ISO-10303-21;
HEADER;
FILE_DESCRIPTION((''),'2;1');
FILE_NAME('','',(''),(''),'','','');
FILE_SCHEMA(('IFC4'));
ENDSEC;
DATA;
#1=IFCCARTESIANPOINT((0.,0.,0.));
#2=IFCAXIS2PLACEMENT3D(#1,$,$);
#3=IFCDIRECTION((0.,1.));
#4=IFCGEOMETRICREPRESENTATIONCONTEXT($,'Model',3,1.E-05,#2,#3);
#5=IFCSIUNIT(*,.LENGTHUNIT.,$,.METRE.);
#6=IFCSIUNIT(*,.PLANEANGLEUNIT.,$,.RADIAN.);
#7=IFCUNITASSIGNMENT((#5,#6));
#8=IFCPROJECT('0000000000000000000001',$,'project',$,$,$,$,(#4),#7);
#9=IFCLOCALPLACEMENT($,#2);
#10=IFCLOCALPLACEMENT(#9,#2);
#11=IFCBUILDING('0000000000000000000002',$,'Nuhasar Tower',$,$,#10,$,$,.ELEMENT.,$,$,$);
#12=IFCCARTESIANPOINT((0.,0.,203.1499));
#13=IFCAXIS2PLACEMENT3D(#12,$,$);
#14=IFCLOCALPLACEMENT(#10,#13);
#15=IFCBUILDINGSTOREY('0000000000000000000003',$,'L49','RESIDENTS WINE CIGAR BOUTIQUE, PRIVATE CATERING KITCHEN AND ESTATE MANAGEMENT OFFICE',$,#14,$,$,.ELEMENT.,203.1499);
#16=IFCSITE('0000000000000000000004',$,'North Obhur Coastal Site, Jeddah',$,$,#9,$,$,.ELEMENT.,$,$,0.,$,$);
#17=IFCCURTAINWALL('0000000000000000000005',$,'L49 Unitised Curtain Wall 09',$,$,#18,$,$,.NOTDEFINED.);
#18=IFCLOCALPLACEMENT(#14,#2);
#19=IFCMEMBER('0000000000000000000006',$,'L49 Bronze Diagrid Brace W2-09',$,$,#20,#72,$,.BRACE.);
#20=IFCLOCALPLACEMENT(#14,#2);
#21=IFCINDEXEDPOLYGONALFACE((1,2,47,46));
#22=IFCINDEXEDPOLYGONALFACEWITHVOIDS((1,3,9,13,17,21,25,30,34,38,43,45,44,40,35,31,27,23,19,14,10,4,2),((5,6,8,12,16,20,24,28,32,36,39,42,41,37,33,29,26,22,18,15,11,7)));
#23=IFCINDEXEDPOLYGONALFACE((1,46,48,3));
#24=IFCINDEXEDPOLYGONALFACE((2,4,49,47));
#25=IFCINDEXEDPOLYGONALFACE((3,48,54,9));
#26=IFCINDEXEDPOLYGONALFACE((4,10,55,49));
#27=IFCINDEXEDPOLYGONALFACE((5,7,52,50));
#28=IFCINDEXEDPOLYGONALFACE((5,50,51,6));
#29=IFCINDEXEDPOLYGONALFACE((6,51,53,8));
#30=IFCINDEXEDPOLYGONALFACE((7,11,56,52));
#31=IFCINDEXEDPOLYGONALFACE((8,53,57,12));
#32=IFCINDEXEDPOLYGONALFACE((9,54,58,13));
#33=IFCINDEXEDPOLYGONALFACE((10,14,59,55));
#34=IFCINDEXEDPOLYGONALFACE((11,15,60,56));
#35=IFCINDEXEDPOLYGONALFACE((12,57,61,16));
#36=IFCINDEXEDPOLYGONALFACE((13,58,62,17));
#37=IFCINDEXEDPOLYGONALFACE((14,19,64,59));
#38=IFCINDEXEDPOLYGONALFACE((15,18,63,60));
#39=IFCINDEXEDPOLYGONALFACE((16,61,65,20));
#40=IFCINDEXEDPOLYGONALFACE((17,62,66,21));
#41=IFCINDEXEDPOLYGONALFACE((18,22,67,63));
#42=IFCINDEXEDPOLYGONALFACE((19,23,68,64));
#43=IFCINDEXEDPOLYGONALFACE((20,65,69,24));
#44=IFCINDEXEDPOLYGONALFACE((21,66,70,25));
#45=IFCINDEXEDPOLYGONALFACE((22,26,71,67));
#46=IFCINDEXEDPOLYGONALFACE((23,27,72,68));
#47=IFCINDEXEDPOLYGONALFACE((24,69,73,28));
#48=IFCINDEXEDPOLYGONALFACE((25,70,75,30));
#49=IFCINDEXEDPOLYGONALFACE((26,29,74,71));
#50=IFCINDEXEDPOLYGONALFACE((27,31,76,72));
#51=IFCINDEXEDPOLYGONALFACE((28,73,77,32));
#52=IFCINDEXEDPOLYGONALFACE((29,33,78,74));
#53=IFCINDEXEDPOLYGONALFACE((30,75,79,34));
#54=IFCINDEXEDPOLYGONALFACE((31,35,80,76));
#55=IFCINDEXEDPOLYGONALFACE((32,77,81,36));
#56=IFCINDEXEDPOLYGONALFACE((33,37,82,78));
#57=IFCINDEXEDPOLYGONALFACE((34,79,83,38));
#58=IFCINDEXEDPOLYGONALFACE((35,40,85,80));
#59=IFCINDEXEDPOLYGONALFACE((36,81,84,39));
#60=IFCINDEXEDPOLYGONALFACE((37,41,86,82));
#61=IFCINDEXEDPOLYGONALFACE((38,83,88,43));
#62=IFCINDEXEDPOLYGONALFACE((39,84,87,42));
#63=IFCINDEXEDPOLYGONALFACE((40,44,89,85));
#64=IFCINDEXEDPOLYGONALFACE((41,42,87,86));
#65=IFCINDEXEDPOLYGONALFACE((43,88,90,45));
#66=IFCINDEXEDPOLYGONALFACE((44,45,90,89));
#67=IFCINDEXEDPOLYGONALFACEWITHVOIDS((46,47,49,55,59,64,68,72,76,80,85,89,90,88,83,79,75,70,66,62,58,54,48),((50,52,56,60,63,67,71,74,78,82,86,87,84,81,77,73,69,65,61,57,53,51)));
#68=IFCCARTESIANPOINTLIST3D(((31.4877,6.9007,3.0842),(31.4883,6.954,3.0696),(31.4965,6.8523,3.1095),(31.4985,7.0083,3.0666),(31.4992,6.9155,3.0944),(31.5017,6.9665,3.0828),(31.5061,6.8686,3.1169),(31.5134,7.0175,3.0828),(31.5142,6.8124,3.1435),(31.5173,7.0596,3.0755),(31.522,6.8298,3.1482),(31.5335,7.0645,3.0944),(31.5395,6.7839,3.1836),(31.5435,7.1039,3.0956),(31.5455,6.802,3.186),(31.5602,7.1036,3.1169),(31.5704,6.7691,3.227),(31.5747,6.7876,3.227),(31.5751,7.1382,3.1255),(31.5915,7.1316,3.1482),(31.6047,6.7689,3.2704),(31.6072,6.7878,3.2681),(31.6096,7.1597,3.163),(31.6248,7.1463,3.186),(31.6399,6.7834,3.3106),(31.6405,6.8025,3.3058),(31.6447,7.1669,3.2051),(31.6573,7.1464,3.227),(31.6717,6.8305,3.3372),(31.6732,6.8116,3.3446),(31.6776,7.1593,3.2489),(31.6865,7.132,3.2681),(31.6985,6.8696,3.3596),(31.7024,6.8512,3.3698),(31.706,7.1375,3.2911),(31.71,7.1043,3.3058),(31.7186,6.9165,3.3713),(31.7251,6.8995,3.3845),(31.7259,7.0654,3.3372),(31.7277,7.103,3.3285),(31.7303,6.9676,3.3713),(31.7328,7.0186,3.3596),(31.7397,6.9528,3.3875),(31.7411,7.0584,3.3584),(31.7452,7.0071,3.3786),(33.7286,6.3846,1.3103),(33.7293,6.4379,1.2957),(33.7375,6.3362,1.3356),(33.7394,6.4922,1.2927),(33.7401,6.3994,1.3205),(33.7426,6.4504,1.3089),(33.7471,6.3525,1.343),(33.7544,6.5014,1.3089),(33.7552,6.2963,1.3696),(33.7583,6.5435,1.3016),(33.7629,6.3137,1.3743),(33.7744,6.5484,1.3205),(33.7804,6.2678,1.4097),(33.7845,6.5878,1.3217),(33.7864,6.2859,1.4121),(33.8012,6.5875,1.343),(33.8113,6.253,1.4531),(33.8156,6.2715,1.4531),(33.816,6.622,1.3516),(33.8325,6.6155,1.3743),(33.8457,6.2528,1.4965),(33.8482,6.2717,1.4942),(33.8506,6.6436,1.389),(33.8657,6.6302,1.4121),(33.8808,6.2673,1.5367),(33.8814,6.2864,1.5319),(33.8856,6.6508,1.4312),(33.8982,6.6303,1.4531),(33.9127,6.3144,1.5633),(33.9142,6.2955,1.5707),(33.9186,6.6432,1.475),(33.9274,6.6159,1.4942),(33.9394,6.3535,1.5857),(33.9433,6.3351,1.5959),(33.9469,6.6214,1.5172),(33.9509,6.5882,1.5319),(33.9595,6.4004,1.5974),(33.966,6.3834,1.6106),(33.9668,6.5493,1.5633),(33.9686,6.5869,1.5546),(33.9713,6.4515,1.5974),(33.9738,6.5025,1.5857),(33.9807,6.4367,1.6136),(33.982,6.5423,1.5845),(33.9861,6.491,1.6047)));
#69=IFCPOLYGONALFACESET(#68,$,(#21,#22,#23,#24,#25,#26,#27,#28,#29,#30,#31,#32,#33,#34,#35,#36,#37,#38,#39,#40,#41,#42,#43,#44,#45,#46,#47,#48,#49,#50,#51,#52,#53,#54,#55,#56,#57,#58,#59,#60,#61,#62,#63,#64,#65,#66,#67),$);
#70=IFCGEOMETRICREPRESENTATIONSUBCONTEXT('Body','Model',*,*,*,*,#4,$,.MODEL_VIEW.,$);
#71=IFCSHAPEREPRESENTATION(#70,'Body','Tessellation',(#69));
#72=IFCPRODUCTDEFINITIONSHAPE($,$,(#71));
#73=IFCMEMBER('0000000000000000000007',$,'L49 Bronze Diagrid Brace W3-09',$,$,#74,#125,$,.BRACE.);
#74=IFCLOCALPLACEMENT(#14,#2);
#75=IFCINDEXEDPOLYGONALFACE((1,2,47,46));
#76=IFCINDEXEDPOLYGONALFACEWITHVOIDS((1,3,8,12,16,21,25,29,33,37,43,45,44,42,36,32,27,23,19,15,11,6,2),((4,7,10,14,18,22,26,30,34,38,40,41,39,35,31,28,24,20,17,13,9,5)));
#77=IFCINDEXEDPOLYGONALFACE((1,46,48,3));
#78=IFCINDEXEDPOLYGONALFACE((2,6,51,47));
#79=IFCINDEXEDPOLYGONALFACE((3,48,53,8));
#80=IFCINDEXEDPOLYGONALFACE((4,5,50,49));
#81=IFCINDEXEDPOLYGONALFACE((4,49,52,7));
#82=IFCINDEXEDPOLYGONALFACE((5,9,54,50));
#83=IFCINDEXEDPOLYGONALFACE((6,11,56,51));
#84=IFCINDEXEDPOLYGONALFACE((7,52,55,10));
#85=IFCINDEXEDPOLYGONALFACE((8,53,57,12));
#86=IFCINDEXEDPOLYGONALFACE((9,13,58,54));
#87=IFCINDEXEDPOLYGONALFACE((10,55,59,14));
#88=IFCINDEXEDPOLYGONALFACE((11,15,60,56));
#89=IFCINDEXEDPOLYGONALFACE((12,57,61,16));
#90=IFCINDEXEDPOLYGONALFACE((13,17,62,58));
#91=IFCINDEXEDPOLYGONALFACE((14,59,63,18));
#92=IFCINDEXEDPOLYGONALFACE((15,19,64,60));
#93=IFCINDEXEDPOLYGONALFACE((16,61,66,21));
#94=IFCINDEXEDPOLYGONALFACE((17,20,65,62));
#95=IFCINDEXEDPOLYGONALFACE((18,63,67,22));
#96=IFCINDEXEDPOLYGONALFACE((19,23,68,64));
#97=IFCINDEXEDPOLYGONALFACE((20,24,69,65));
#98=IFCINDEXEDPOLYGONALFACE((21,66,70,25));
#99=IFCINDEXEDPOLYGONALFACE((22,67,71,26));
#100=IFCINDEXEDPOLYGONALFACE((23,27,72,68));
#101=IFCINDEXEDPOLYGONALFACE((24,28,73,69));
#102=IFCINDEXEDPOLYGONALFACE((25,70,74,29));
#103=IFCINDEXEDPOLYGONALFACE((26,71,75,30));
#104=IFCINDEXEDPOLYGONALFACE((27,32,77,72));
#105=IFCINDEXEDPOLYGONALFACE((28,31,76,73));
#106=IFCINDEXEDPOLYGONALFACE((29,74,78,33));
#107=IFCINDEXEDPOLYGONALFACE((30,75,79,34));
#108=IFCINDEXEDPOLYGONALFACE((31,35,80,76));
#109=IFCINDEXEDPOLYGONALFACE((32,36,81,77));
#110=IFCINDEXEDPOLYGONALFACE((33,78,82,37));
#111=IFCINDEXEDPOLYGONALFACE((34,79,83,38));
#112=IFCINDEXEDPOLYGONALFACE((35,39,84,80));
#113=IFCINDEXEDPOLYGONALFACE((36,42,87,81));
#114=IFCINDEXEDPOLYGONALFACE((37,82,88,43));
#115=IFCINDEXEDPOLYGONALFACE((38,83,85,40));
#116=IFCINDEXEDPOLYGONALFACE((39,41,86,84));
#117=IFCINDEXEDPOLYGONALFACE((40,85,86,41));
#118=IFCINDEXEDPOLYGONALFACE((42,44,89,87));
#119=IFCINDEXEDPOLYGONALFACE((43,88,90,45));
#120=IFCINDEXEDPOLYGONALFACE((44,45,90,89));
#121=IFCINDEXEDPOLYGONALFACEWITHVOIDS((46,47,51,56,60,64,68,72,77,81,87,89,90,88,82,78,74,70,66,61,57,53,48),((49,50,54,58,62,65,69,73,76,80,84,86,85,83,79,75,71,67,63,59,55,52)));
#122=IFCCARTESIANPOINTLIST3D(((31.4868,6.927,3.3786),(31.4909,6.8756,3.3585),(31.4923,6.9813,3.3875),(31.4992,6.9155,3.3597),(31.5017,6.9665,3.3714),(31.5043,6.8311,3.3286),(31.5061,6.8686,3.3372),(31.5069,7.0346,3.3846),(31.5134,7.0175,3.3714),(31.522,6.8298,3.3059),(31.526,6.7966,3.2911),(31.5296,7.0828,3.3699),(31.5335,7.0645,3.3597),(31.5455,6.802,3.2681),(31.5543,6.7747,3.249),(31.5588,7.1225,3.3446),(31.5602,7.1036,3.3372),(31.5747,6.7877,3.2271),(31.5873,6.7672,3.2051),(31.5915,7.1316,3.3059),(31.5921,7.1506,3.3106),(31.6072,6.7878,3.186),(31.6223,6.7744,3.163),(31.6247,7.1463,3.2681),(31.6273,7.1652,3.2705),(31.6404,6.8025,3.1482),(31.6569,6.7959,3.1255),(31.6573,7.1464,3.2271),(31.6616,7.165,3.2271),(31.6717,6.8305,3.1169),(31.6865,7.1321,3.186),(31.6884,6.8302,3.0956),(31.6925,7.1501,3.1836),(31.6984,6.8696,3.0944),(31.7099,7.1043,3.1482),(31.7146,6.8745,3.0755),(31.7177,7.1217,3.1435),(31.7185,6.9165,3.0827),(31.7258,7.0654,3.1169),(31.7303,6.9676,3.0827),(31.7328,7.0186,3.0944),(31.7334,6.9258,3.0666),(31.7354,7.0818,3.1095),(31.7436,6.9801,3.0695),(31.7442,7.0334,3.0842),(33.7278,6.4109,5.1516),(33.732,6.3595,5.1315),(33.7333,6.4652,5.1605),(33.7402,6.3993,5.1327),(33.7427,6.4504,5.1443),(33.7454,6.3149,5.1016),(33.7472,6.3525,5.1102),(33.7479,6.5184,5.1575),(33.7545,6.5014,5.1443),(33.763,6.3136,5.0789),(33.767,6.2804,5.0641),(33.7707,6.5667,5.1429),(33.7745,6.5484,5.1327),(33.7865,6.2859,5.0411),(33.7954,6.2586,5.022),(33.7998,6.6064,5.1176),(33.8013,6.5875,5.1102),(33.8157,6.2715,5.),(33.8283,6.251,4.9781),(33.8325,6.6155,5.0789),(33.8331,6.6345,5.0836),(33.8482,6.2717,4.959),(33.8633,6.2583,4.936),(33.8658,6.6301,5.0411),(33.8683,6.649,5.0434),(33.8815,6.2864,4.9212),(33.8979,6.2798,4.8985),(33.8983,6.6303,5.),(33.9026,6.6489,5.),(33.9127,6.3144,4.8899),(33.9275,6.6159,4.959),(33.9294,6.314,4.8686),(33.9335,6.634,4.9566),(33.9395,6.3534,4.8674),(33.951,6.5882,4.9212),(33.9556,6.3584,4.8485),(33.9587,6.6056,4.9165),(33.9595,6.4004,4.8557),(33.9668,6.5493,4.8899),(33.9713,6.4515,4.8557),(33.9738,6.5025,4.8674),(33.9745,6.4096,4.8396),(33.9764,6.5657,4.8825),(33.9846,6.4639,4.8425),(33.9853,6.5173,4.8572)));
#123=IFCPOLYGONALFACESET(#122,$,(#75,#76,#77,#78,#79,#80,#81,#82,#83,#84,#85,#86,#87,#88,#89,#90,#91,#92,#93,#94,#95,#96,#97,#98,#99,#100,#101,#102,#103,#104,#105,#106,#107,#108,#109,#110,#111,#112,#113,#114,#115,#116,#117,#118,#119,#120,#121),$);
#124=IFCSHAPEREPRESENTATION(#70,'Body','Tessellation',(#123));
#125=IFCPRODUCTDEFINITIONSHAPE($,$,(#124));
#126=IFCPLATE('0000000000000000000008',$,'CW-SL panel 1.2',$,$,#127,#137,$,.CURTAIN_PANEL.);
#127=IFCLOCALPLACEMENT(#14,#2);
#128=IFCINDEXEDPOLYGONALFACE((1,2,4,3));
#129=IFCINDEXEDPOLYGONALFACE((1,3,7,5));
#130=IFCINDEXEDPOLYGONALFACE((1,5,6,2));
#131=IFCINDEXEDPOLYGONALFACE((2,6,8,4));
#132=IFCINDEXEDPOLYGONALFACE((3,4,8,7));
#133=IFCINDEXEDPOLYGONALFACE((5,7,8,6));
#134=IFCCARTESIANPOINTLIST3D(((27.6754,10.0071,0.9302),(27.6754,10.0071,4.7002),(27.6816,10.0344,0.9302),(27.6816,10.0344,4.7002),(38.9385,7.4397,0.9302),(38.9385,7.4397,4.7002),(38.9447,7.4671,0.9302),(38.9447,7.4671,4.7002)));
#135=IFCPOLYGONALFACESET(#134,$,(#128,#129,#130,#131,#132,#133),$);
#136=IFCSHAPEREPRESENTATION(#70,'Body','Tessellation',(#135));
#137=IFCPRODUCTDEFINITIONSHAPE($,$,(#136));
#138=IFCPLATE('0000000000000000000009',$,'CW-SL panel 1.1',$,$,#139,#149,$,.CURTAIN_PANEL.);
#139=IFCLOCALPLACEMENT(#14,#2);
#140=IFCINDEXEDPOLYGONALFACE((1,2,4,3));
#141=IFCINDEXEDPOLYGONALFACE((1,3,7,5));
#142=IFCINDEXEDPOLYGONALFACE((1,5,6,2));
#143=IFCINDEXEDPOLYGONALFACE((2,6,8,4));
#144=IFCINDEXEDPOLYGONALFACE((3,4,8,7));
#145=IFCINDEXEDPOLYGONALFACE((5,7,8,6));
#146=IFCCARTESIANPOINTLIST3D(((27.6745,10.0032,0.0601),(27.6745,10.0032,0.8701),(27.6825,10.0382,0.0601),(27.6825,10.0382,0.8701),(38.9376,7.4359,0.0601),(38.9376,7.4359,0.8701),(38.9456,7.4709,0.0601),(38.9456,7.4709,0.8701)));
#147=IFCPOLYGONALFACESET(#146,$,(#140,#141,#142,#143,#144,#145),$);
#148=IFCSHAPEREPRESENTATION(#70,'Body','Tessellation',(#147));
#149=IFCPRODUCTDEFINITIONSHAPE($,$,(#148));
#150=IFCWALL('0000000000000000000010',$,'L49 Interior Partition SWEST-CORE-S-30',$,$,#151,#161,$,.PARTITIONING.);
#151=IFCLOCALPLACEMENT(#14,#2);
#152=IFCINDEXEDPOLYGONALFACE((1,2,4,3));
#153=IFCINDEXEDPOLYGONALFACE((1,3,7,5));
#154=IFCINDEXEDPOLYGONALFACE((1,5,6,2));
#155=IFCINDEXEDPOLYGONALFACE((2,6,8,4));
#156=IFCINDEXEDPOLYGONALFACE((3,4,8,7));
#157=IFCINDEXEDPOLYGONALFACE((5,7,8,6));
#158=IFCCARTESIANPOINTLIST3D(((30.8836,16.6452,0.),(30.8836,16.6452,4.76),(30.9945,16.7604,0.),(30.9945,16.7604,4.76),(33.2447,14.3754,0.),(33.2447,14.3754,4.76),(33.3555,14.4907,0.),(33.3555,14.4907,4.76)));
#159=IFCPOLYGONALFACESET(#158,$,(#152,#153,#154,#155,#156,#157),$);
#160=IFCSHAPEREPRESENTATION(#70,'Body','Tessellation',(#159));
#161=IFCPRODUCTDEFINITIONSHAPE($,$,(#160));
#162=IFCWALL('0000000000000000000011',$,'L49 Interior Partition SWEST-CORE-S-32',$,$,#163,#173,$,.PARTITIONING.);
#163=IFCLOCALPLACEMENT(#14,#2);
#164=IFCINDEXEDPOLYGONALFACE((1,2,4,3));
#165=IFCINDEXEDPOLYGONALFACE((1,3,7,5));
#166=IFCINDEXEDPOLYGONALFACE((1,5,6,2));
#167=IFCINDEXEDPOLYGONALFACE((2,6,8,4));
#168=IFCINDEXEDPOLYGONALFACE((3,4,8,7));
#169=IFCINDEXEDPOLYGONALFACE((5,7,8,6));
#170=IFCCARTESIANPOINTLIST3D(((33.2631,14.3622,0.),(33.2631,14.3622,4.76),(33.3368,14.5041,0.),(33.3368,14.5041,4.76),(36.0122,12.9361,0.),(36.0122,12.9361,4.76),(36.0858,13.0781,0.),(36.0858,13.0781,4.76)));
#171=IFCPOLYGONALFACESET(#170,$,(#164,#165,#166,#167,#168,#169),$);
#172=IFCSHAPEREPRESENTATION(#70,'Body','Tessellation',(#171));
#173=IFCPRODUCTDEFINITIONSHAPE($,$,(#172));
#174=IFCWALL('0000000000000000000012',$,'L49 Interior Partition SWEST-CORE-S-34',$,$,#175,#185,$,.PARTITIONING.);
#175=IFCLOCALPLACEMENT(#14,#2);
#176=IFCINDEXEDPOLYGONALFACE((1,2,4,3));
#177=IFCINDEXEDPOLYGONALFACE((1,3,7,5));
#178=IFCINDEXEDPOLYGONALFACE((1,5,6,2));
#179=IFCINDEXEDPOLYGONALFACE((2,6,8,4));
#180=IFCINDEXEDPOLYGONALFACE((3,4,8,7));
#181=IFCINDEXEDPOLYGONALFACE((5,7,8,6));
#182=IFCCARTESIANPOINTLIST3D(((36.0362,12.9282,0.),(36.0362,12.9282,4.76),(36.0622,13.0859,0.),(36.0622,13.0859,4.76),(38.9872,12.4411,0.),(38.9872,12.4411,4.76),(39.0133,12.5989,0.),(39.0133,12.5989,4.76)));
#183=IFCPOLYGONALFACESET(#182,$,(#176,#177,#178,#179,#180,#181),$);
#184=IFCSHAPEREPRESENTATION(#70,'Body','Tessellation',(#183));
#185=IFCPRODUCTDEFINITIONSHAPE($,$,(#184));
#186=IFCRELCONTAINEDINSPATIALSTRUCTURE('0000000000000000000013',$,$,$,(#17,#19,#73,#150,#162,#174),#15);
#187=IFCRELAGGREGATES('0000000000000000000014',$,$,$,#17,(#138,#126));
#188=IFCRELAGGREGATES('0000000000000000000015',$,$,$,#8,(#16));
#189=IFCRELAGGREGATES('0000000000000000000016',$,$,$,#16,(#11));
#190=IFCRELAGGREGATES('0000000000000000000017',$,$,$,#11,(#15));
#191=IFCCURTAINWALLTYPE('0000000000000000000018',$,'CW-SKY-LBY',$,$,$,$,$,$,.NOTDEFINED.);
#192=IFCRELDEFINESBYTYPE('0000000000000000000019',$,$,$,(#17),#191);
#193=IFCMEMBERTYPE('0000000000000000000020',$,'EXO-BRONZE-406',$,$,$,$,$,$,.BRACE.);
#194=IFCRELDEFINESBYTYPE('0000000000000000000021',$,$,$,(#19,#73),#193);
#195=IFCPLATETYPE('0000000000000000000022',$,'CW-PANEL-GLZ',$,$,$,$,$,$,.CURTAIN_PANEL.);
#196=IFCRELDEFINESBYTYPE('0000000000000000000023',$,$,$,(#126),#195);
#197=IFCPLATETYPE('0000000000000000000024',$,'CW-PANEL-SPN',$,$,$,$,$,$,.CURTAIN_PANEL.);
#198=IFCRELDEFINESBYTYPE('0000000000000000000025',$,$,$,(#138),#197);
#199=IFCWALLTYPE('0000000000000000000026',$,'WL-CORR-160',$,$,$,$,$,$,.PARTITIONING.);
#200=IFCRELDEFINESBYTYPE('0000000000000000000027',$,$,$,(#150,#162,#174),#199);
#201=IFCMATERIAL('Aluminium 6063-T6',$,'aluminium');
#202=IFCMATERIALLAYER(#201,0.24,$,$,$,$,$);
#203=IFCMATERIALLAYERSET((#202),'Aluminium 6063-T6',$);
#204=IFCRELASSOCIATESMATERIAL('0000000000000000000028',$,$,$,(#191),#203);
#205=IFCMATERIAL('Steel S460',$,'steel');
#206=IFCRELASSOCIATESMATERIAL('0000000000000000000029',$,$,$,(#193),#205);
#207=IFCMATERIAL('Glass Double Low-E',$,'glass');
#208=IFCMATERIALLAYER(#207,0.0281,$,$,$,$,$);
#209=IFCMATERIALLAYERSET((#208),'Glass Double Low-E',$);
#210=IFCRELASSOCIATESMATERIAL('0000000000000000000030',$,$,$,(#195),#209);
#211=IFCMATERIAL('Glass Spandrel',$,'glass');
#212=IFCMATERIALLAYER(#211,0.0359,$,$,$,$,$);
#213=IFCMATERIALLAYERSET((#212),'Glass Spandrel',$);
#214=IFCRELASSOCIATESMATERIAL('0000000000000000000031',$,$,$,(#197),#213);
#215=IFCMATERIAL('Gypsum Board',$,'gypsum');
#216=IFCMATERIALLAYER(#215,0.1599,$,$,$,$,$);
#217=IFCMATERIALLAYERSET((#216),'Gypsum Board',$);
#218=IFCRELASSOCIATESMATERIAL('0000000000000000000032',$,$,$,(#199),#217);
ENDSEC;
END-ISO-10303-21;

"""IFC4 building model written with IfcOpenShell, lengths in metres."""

from ifc_helpers import new_model, si_unit, direction, frame, frame_2d, origin, origin_2d, place, context, subcontext, project, spatial, rectangle, hollow_circle, extrude, material, layer, layer_set, material_profile, profile_set, type_object, element, aggregate, save


model = new_model("IFC4")

# Units and contexts
model_context = context("Model", 3, precision=1e-05, world=origin(), true_north=direction((0.0, 1.0)))
body_context = subcontext(model_context, "Body", "Model", "MODEL_VIEW")
ifc_project = project(units=[si_unit("LENGTHUNIT", "METRE"), si_unit("PLANEANGLEUNIT", "RADIAN")], contexts=[model_context])

# Site, building, storey
site_placement = place(None, origin())
site = spatial("IfcSite", under=ifc_project, at=site_placement, Name="North Obhur Coastal Site, Jeddah", CompositionType="ELEMENT", RefElevation=0.0)
building_placement = place(site_placement, origin())
building = spatial("IfcBuilding", under=site, at=building_placement, Name="Nuhasar Tower", CompositionType="ELEMENT")
storey_placement = place(building_placement, frame((0.0, 0.0, 203.1499)))
storey = spatial("IfcBuildingStorey", under=building, at=storey_placement, Name="L49", Description="RESIDENTS WINE CIGAR BOUTIQUE, PRIVATE CATERING KITCHEN AND ESTATE MANAGEMENT OFFICE", CompositionType="ELEMENT", Elevation=203.1499)

# Shared definitions
ifc_material_1 = material(Name="Steel S460", Category="steel")

# Curtain wall
ifc_material_2 = material(Name="Aluminium 6063-T6", Category="aluminium")
ifc_layer_1 = layer(ifc_material_2, 0.24)
ifc_layer_set_1 = layer_set([ifc_layer_1], Name="Aluminium 6063-T6")
curtain_wall_type = type_object("IfcCurtainWallType", Name="CW-SKY-LBY", PredefinedType="NOTDEFINED", material=ifc_layer_set_1)
curtain_wall_placement = place(storey_placement, origin())
curtain_wall = element("IfcCurtainWall", 1, at=curtain_wall_placement, inside=storey, type_object=curtain_wall_type, Name="L49 Unitised Curtain Wall 09", PredefinedType="NOTDEFINED")

# Members
ifc_material_profile_1 = material_profile(ifc_material_1, hollow_circle(Radius=0.2031, WallThickness=0.019, at=origin_2d()), Name="HSS406.4X19.1")
ifc_profile_set_1 = profile_set([ifc_material_profile_1], Name="Steel S460")
member_type_1 = type_object("IfcMemberType", Name="EXO-BRONZE-406", PredefinedType="BRACE", material=ifc_profile_set_1)
member_1_placement = place(storey_placement, frame((33.8569, 6.4509, 1.4531), z_axis=(-0.771596, 0.177705, 0.610787), x_axis=(-0.224433, -0.97449, 0.0)))
element("IfcMember", 2, at=member_1_placement, inside=storey, type_object=member_type_1, Name="L49 Bronze Diagrid Brace W2-09", PredefinedType="BRACE", context=body_context, shape_type="SweptSolid", body=[
    extrude(hollow_circle(Radius=0.2031, WallThickness=0.019, at=origin_2d()), origin(), (0.0, 0.0, 1.0), 2.9043),
])
member_2_placement = place(storey_placement, frame((31.616, 6.967, 3.2271), z_axis=(0.771754, -0.177741, 0.610576), x_axis=(0.224433, 0.97449, 0.0)))
element("IfcMember", 3, at=member_2_placement, inside=storey, type_object=member_type_1, Name="L49 Bronze Diagrid Brace W3-09", PredefinedType="BRACE", context=body_context, shape_type="SweptSolid", body=[
    extrude(hollow_circle(Radius=0.2031, WallThickness=0.019, at=origin_2d()), origin(), (0.0, 0.0, 1.0), 2.9038),
])

# Plates
ifc_material_3 = material(Name="Glass Double Low-E", Category="glass")
ifc_layer_2 = layer(ifc_material_3, 0.0281)
ifc_layer_set_2 = layer_set([ifc_layer_2], Name="Glass Double Low-E")
plate_type_1 = type_object("IfcPlateType", Name="CW-PANEL-GLZ", PredefinedType="CURTAIN_PANEL", material=ifc_layer_set_2)
plate_1_placement = place(storey_placement, frame((33.3101, 8.7371, 0.9302), z_axis=(0.0, 0.0, 1.0), x_axis=(0.974991, -0.222243, 0.0)))
plate_1 = element("IfcPlate", 4, at=plate_1_placement, type_object=plate_type_1, Name="CW-SL panel 1.2", PredefinedType="CURTAIN_PANEL", context=body_context, shape_type="SweptSolid", body=[
    extrude(rectangle(XDim=11.552, YDim=0.0281, at=origin_2d()), origin(), (0.0, 0.0, 1.0), 3.77),
])
ifc_material_4 = material(Name="Glass Spandrel", Category="glass")
ifc_layer_3 = layer(ifc_material_4, 0.0359)
ifc_layer_set_3 = layer_set([ifc_layer_3], Name="Glass Spandrel")
plate_type_2 = type_object("IfcPlateType", Name="CW-PANEL-SPN", PredefinedType="CURTAIN_PANEL", material=ifc_layer_set_3)
plate_2_placement = place(storey_placement, frame((33.3101, 8.7371, 0.0601), z_axis=(0.0, 0.0, 1.0), x_axis=(0.974991, -0.222243, 0.0)))
plate_2 = element("IfcPlate", 5, at=plate_2_placement, type_object=plate_type_2, Name="CW-SL panel 1.1", PredefinedType="CURTAIN_PANEL", context=body_context, shape_type="SweptSolid", body=[
    extrude(rectangle(XDim=11.552, YDim=0.0359, at=origin_2d()), origin(), (0.0, 0.0, 1.0), 0.8101),
])
aggregate(curtain_wall, [plate_2, plate_1])

# Walls
ifc_material_5 = material(Name="Gypsum Board", Category="gypsum")
ifc_layer_4 = layer(ifc_material_5, 0.1599)
ifc_layer_set_4 = layer_set([ifc_layer_4], Name="Gypsum Board")
wall_type_1 = type_object("IfcWallType", Name="WL-CORR-160", PredefinedType="PARTITIONING", material=ifc_layer_set_4)
wall_1_placement = place(storey_placement, frame((30.939, 16.7029, 0.0), z_axis=(0.0, 0.0, 1.0), x_axis=(0.720909, -0.69303, 0.0)))
element("IfcWall", 6, at=wall_1_placement, inside=storey, type_object=wall_type_1, Name="L49 Interior Partition SWEST-CORE-S-30", PredefinedType="PARTITIONING", context=body_context, shape_type="SweptSolid", body=[
    extrude(rectangle(XDim=3.2751, YDim=0.1599, at=frame_2d((1.6377, 0.0))), origin(), (0.0, 0.0, 1.0), 4.76),
])
wall_2_placement = place(storey_placement, frame((33.3, 14.4331, 0.0), z_axis=(0.0, 0.0, 1.0), x_axis=(0.887675, -0.460471, 0.0)))
element("IfcWall", 7, at=wall_2_placement, inside=storey, type_object=wall_type_1, Name="L49 Interior Partition SWEST-CORE-S-32", PredefinedType="PARTITIONING", context=body_context, shape_type="SweptSolid", body=[
    extrude(rectangle(XDim=3.0969, YDim=0.1599, at=frame_2d((1.5483, 0.0))), origin(), (0.0, 0.0, 1.0), 4.76),
])
wall_3_placement = place(storey_placement, frame((36.0491, 13.0071, 0.0), z_axis=(0.0, 0.0, 1.0), x_axis=(0.986651, -0.16285, 0.0)))
element("IfcWall", 8, at=wall_3_placement, inside=storey, type_object=wall_type_1, Name="L49 Interior Partition SWEST-CORE-S-34", PredefinedType="PARTITIONING", context=body_context, shape_type="SweptSolid", body=[
    extrude(rectangle(XDim=2.991, YDim=0.1599, at=frame_2d((1.4956, 0.0))), origin(), (0.0, 0.0, 1.0), 4.76),
])

save(model, "model.ifc")
